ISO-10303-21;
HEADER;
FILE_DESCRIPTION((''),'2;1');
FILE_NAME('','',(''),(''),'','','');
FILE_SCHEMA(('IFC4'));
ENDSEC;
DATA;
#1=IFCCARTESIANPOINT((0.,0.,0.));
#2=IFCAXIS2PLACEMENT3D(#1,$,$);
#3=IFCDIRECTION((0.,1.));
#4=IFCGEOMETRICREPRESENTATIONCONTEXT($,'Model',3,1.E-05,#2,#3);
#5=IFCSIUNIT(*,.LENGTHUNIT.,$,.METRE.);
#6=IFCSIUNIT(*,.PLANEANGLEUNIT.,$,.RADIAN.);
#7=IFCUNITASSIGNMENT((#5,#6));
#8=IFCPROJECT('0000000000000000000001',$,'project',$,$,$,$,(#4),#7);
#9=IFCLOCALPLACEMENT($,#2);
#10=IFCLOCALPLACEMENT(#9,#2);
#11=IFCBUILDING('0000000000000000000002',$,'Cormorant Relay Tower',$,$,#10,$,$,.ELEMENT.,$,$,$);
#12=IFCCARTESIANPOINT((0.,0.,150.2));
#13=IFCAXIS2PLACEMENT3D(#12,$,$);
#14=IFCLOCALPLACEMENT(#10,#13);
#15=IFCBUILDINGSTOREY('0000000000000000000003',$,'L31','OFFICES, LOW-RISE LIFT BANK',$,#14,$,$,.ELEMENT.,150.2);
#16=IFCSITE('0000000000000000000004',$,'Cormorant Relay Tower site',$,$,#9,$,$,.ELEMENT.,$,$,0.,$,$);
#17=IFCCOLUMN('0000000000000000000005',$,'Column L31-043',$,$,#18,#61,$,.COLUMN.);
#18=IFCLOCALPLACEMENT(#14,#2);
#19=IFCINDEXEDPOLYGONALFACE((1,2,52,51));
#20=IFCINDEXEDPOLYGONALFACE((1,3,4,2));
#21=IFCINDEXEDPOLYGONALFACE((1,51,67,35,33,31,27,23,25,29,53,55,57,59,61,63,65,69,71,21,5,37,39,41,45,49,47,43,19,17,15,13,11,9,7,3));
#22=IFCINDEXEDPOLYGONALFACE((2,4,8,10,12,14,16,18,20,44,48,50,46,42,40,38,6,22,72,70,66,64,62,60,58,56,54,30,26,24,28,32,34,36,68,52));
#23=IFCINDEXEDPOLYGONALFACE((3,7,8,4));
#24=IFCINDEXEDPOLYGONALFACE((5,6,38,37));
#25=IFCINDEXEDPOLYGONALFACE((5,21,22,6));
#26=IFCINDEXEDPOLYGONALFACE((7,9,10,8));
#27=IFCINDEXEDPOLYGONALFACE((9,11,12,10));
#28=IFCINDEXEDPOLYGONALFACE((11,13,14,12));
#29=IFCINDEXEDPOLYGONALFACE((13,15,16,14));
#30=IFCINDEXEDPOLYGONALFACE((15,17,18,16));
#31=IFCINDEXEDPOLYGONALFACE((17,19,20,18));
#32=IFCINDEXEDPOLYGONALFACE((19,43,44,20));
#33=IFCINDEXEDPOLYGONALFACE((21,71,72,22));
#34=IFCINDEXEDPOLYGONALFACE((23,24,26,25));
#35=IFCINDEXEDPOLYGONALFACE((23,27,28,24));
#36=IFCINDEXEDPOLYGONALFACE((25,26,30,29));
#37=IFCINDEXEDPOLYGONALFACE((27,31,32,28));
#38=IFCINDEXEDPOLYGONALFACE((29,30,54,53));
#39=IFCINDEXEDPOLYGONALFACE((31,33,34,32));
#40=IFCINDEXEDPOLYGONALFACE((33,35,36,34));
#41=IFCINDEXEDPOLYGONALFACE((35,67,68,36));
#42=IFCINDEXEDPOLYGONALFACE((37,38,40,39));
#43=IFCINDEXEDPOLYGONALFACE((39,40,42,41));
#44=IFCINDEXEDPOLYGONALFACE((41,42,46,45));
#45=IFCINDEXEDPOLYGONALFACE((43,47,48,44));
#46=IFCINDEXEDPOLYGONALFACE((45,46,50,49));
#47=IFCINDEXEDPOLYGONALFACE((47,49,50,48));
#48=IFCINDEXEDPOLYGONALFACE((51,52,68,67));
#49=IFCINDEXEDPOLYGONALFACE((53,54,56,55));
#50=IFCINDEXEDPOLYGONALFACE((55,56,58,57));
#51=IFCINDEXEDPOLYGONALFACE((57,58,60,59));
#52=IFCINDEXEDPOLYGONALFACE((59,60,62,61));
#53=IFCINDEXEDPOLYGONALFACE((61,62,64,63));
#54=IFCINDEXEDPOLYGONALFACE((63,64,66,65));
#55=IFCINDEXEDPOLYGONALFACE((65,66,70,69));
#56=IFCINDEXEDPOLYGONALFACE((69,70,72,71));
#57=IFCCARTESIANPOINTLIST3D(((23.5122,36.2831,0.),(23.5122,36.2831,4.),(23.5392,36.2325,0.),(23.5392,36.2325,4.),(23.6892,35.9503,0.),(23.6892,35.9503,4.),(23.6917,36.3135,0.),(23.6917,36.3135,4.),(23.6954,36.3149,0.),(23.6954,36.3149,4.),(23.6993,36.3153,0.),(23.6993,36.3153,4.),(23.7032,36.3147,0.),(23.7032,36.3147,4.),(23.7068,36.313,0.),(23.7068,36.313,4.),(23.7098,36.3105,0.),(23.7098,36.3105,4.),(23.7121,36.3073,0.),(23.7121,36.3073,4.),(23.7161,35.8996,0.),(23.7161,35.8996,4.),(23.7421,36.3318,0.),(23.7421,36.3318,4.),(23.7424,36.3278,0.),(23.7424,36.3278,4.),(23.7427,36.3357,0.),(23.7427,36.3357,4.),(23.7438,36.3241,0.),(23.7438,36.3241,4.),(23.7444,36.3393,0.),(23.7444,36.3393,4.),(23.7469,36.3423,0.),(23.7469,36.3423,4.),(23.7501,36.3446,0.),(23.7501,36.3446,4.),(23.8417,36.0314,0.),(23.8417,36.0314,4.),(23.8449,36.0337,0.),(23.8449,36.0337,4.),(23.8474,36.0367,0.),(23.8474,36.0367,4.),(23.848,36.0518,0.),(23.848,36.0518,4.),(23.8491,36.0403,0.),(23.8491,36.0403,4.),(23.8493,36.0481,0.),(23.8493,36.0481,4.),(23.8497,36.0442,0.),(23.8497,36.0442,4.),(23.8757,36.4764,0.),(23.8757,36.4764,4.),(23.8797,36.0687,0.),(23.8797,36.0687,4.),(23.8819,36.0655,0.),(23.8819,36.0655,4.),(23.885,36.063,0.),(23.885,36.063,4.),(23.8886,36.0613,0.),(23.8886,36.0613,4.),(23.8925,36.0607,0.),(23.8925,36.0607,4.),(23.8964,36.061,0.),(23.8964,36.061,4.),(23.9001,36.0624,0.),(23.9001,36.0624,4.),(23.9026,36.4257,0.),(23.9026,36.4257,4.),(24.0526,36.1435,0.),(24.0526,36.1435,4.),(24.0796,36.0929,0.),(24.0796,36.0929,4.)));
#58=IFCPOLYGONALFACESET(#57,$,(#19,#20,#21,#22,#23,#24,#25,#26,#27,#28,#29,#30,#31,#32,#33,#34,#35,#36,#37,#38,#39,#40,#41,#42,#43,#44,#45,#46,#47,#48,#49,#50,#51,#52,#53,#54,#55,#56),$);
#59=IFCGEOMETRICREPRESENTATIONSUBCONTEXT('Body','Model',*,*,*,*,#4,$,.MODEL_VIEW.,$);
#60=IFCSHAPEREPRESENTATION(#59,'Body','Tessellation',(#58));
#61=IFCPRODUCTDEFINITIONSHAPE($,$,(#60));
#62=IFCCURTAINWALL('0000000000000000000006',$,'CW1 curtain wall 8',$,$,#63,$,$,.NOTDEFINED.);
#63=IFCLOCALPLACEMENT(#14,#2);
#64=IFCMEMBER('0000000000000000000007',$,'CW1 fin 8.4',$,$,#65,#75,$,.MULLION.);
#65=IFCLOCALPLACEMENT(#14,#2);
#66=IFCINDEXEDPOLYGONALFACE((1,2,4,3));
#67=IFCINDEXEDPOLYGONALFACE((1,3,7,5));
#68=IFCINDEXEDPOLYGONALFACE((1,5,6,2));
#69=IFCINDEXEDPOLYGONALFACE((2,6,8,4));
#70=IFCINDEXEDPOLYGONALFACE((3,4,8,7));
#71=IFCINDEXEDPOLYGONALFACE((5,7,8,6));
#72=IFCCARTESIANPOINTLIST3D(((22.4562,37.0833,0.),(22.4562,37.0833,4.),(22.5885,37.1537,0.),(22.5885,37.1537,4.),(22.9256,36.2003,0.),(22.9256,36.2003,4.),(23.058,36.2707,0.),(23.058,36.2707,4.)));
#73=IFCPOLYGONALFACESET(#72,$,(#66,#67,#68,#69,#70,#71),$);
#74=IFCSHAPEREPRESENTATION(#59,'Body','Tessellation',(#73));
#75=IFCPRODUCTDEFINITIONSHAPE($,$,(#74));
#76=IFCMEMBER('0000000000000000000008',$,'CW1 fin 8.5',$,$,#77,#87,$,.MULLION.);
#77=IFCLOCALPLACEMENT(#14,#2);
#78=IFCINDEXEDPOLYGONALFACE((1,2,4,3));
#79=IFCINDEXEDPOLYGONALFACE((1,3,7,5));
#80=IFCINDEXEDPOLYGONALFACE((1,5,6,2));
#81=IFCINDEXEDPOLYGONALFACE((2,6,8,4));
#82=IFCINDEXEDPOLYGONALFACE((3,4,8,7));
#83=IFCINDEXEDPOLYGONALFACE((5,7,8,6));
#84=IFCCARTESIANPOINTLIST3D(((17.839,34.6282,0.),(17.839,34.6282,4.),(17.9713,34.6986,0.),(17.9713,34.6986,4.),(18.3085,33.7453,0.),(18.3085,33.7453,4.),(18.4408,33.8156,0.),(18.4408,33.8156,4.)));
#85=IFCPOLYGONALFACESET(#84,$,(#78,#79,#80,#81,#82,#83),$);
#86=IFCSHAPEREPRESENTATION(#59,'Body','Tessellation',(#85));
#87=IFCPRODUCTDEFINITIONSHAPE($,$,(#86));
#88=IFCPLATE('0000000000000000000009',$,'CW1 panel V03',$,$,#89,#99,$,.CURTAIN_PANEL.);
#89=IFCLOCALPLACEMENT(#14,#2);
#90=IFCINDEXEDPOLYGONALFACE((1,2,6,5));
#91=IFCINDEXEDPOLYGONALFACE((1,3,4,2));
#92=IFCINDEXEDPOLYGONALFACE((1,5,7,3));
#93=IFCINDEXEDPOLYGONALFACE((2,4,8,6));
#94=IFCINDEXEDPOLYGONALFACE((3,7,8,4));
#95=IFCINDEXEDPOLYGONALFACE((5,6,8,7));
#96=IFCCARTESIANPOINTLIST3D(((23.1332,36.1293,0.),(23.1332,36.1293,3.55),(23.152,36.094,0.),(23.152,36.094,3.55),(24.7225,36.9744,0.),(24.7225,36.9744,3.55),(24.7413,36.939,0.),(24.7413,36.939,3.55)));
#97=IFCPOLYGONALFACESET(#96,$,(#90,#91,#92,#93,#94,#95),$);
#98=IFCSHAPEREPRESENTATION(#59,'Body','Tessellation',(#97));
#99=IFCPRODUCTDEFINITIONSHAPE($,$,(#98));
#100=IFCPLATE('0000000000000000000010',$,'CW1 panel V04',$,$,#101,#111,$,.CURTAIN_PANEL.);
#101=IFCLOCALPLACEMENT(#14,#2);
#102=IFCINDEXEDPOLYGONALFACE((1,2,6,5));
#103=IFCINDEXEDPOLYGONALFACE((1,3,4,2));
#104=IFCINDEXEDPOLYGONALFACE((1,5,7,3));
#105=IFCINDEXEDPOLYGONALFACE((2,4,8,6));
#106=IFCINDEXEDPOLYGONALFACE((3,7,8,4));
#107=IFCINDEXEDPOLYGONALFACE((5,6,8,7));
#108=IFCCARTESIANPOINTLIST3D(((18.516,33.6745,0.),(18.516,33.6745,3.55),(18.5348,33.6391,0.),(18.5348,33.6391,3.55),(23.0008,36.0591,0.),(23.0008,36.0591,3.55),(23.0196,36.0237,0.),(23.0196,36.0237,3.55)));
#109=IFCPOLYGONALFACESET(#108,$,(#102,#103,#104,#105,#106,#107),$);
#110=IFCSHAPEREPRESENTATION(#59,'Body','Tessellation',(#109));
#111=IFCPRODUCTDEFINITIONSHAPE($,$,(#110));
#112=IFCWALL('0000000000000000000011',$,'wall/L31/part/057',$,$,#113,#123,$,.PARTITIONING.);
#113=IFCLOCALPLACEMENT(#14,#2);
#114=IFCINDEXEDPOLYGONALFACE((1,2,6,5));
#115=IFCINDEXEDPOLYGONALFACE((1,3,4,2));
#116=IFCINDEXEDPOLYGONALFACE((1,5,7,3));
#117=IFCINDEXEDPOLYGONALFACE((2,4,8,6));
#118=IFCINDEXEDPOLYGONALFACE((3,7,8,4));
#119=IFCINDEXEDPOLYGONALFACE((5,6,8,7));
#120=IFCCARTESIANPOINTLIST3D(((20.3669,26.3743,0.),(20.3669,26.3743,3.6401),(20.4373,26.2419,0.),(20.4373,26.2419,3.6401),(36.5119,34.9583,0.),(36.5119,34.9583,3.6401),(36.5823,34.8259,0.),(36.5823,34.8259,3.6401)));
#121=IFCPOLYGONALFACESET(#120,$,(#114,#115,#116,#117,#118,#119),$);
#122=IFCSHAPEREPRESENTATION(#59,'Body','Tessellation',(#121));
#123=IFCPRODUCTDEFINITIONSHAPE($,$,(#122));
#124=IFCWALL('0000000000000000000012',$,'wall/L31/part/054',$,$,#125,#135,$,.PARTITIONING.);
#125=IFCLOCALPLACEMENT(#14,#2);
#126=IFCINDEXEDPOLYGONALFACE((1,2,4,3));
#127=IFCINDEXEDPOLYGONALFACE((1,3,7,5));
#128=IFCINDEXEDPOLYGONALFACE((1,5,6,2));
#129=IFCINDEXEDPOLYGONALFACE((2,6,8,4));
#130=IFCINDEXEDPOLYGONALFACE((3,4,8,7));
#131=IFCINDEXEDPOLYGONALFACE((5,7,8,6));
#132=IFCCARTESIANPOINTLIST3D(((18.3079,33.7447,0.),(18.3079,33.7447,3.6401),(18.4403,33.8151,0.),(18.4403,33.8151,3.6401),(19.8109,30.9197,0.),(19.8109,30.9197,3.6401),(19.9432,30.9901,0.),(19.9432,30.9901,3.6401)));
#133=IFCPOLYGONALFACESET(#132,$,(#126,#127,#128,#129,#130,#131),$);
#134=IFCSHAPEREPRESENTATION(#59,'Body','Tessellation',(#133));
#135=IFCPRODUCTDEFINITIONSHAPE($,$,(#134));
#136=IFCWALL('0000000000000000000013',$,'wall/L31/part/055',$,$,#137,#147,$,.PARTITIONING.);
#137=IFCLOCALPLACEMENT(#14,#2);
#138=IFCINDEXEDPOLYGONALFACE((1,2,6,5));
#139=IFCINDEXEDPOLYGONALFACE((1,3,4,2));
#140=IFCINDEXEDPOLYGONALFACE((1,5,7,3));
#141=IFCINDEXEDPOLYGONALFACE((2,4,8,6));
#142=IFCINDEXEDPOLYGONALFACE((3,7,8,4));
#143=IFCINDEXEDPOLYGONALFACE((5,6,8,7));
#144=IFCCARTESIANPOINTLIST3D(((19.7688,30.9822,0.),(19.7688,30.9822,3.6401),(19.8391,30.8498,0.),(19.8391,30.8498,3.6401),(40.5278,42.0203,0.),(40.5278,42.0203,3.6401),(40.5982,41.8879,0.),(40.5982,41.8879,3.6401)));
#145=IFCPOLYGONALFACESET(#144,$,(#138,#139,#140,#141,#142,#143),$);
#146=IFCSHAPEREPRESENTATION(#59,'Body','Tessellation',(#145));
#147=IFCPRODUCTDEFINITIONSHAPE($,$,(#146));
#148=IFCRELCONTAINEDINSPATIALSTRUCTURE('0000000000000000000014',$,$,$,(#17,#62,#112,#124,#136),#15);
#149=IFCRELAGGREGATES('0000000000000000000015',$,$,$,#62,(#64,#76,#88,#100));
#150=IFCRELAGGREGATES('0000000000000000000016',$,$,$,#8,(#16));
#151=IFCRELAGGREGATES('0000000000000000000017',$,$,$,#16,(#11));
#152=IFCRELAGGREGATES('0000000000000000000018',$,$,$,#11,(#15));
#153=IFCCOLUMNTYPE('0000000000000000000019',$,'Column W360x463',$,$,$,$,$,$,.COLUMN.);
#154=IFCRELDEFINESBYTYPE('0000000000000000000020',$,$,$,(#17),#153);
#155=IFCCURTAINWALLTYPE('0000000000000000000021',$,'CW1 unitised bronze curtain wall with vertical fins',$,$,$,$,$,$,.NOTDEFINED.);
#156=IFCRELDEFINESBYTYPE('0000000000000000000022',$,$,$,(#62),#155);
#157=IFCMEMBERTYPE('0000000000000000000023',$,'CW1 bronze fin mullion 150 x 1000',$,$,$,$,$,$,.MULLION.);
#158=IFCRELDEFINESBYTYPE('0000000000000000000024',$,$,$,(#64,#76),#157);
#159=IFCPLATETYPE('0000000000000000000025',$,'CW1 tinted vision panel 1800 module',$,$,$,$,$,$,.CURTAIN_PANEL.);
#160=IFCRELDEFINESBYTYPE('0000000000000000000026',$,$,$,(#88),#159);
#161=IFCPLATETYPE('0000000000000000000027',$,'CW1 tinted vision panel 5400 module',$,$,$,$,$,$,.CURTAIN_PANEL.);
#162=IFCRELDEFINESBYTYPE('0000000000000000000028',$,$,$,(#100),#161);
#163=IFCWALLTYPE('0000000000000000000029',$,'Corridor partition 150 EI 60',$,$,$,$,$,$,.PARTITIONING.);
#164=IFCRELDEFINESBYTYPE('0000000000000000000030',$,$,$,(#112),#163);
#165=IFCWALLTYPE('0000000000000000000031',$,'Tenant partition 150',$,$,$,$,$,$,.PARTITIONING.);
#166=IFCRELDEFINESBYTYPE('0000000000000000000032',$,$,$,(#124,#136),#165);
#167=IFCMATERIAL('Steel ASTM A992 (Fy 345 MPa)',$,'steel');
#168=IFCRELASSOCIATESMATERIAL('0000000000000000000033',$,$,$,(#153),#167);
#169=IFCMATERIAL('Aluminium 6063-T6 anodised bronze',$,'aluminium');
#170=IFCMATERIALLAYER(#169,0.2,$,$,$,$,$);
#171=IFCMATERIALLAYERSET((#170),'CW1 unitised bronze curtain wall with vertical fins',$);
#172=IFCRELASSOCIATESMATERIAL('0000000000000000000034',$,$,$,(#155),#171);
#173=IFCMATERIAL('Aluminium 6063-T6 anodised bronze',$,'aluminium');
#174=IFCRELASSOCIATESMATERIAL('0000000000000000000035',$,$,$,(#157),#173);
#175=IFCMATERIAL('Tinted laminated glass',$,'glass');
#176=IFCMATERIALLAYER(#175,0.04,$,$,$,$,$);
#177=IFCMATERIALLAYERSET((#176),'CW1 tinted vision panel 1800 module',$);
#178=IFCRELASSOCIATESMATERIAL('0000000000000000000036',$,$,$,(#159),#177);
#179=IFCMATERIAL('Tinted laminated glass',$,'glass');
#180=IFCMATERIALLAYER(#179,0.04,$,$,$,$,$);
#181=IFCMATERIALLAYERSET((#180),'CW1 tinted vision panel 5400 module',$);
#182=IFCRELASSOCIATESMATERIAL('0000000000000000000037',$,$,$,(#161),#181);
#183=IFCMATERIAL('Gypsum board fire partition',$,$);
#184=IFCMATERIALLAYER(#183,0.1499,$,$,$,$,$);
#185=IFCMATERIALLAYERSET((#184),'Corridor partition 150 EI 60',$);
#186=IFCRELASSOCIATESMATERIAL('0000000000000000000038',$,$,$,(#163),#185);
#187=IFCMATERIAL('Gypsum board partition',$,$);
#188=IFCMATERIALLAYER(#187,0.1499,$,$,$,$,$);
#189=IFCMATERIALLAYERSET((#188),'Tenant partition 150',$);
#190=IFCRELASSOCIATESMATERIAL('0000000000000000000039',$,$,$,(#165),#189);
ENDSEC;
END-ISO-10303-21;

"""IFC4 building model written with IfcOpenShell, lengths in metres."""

from ifc_helpers import new_model, si_unit, direction, frame, frame_2d, origin, origin_2d, place, context, subcontext, project, spatial, rectangle, i_section, extrude, material, layer, layer_set, material_profile, profile_set, type_object, element, aggregate, save


model = new_model("IFC4")

# Units and contexts
model_context = context("Model", 3, precision=1e-05, world=origin(), true_north=direction((0.0, 1.0)))
body_context = subcontext(model_context, "Body", "Model", "MODEL_VIEW")
ifc_project = project(units=[si_unit("LENGTHUNIT", "METRE"), si_unit("PLANEANGLEUNIT", "RADIAN")], contexts=[model_context])

# Site, building, storey
site_placement = place(None, origin())
site = spatial("IfcSite", under=ifc_project, at=site_placement, Name="Cormorant Relay Tower site", CompositionType="ELEMENT", RefElevation=0.0)
building_placement = place(site_placement, origin())
building = spatial("IfcBuilding", under=site, at=building_placement, Name="Cormorant Relay Tower", CompositionType="ELEMENT")
storey_placement = place(building_placement, frame((0.0, 0.0, 150.2)))
storey = spatial("IfcBuildingStorey", under=building, at=storey_placement, Name="L31", Description="OFFICES, LOW-RISE LIFT BANK", CompositionType="ELEMENT", Elevation=150.2)

# Column
ifc_material_1 = material(Name="Steel ASTM A992 (Fy 345 MPa)", Category="steel")
ifc_material_profile_1 = material_profile(ifc_material_1, i_section(OverallWidth=0.4116, OverallDepth=0.4343, WebThickness=0.0359, FlangeThickness=0.0574, FilletRadius=0.0151, at=origin_2d()), Name="W360x463")
ifc_profile_set_1 = profile_set([ifc_material_profile_1], Name="Steel ASTM A992 (Fy 345 MPa)")
column_type = type_object("IfcColumnType", Name="Column W360x463", PredefinedType="COLUMN", material=ifc_profile_set_1)
column_placement = place(storey_placement, frame((23.7959, 36.188, 0.0), z_axis=(0.0, 0.0, 1.0), x_axis=(-0.882948, -0.469472, 0.0)))
element("IfcColumn", 1, at=column_placement, inside=storey, type_object=column_type, Name="Column L31-043", PredefinedType="COLUMN", context=body_context, shape_type="SweptSolid", body=[
    extrude(i_section(OverallWidth=0.4116, OverallDepth=0.4343, WebThickness=0.0359, FlangeThickness=0.0574, FilletRadius=0.0151, at=origin_2d()), origin(), (0.0, 0.0, 1.0), 4.0),
])

# Curtain wall, members, plates
ifc_material_2 = material(Name="Aluminium 6063-T6 anodised bronze", Category="aluminium")
ifc_layer_1 = layer(ifc_material_2, 0.2)
ifc_layer_set_1 = layer_set([ifc_layer_1], Name="CW1 unitised bronze curtain wall with vertical fins")
curtain_wall_type = type_object("IfcCurtainWallType", Name="CW1 unitised bronze curtain wall with vertical fins", PredefinedType="NOTDEFINED", material=ifc_layer_set_1)
curtain_wall_placement = place(storey_placement, origin())
curtain_wall = element("IfcCurtainWall", 2, at=curtain_wall_placement, inside=storey, type_object=curtain_wall_type, Name="CW1 curtain wall 8", PredefinedType="NOTDEFINED")
ifc_material_3 = material(Name="Aluminium 6063-T6 anodised bronze", Category="aluminium")
ifc_material_profile_2 = material_profile(ifc_material_3, rectangle(XDim=0.1499, YDim=1.0, at=origin_2d()), Name="AL 150x1000")
ifc_profile_set_2 = profile_set([ifc_material_profile_2], Name="Aluminium 6063-T6 anodised bronze")
member_type = type_object("IfcMemberType", Name="CW1 bronze fin mullion 150 x 1000", PredefinedType="MULLION", material=ifc_profile_set_2)
member_1_placement = place(storey_placement, frame((22.7571, 36.677, 0.0), z_axis=(0.0, 0.0, 1.0), x_axis=(-0.882948, -0.469472, 0.0)))
member_1 = element("IfcMember", 3, at=member_1_placement, type_object=member_type, Name="CW1 fin 8.4", PredefinedType="MULLION", context=body_context, shape_type="SweptSolid", body=[
    extrude(rectangle(XDim=0.1499, YDim=1.0, at=origin_2d()), origin(), (0.0, 0.0, 1.0), 4.0),
])
member_2_placement = place(storey_placement, frame((18.1399, 34.2219, 0.0), z_axis=(0.0, 0.0, 1.0), x_axis=(-0.882948, -0.469472, 0.0)))
member_2 = element("IfcMember", 4, at=member_2_placement, type_object=member_type, Name="CW1 fin 8.5", PredefinedType="MULLION", context=body_context, shape_type="SweptSolid", body=[
    extrude(rectangle(XDim=0.1499, YDim=1.0, at=origin_2d()), origin(), (0.0, 0.0, 1.0), 4.0),
])
ifc_material_4 = material(Name="Tinted laminated glass", Category="glass")
ifc_layer_2 = layer(ifc_material_4, 0.04)
ifc_layer_set_2 = layer_set([ifc_layer_2], Name="CW1 tinted vision panel 1800 module")
plate_type_1 = type_object("IfcPlateType", Name="CW1 tinted vision panel 1800 module", PredefinedType="CURTAIN_PANEL", material=ifc_layer_set_2)
plate_1_placement = place(storey_placement, frame((23.9373, 36.5342, 0.0), z_axis=(0.0, 0.0, 1.0), x_axis=(-0.882948, -0.469472, 0.0)))
plate_1 = element("IfcPlate", 5, at=plate_1_placement, type_object=plate_type_1, Name="CW1 panel V03", PredefinedType="CURTAIN_PANEL", context=body_context, shape_type="SweptSolid", body=[
    extrude(rectangle(XDim=1.8, YDim=0.04, at=origin_2d()), origin(), (0.0, 0.0, 1.0), 3.55),
])
ifc_material_5 = material(Name="Tinted laminated glass", Category="glass")
ifc_layer_3 = layer(ifc_material_5, 0.04)
ifc_layer_set_3 = layer_set([ifc_layer_3], Name="CW1 tinted vision panel 5400 module")
plate_type_2 = type_object("IfcPlateType", Name="CW1 tinted vision panel 5400 module", PredefinedType="CURTAIN_PANEL", material=ifc_layer_set_3)
plate_2_placement = place(storey_placement, frame((20.7678, 34.8491, 0.0), z_axis=(0.0, 0.0, 1.0), x_axis=(-0.882948, -0.469472, 0.0)))
plate_2 = element("IfcPlate", 6, at=plate_2_placement, type_object=plate_type_2, Name="CW1 panel V04", PredefinedType="CURTAIN_PANEL", context=body_context, shape_type="SweptSolid", body=[
    extrude(rectangle(XDim=5.0793, YDim=0.04, at=origin_2d()), origin(), (0.0, 0.0, 1.0), 3.55),
])
aggregate(curtain_wall, [member_1, member_2, plate_1, plate_2])

# Walls
ifc_material_6 = material(Name="Gypsum board fire partition")
ifc_layer_4 = layer(ifc_material_6, 0.1499)
ifc_layer_set_4 = layer_set([ifc_layer_4], Name="Corridor partition 150 EI 60")
wall_type_1 = type_object("IfcWallType", Name="Corridor partition 150 EI 60", PredefinedType="PARTITIONING", material=ifc_layer_set_4)
wall_1_placement = place(storey_placement, frame((20.4021, 26.3081, 0.0), z_axis=(0.0, 0.0, 1.0), x_axis=(0.882958, 0.469451, 0.0)))
element("IfcWall", 7, at=wall_1_placement, inside=storey, type_object=wall_type_1, Name="wall/L31/part/057", PredefinedType="PARTITIONING", context=body_context, shape_type="SweptSolid", body=[
    extrude(rectangle(XDim=18.2852, YDim=0.1499, at=frame_2d((9.1426, 0.0))), origin(), (0.0, 0.0, 1.0), 3.6401),
])
ifc_material_7 = material(Name="Gypsum board partition")
ifc_layer_5 = layer(ifc_material_7, 0.1499)
ifc_layer_set_5 = layer_set([ifc_layer_5], Name="Tenant partition 150")
wall_type_2 = type_object("IfcWallType", Name="Tenant partition 150", PredefinedType="PARTITIONING", material=ifc_layer_set_5)
wall_2_placement = place(storey_placement, frame((18.374, 33.78, 0.0), z_axis=(0.0, 0.0, 1.0), x_axis=(0.469685, -0.882834, 0.0)))
element("IfcWall", 8, at=wall_2_placement, inside=storey, type_object=wall_type_2, Name="wall/L31/part/054", PredefinedType="PARTITIONING", context=body_context, shape_type="SweptSolid", body=[
    extrude(rectangle(XDim=3.2, YDim=0.1499, at=frame_2d((1.6001, 0.0))), origin(), (0.0, 0.0, 1.0), 3.6401),
])
wall_3_placement = place(storey_placement, frame((19.804, 30.916, 0.0), z_axis=(0.0, 0.0, 1.0), x_axis=(0.882942, 0.469482, 0.0)))
element("IfcWall", 9, at=wall_3_placement, inside=storey, type_object=wall_type_2, Name="wall/L31/part/055", PredefinedType="PARTITIONING", context=body_context, shape_type="SweptSolid", body=[
    extrude(rectangle(XDim=23.5112, YDim=0.1499, at=frame_2d((11.7556, 0.0))), origin(), (0.0, 0.0, 1.0), 3.6401),
])

save(model, "model.ifc")
